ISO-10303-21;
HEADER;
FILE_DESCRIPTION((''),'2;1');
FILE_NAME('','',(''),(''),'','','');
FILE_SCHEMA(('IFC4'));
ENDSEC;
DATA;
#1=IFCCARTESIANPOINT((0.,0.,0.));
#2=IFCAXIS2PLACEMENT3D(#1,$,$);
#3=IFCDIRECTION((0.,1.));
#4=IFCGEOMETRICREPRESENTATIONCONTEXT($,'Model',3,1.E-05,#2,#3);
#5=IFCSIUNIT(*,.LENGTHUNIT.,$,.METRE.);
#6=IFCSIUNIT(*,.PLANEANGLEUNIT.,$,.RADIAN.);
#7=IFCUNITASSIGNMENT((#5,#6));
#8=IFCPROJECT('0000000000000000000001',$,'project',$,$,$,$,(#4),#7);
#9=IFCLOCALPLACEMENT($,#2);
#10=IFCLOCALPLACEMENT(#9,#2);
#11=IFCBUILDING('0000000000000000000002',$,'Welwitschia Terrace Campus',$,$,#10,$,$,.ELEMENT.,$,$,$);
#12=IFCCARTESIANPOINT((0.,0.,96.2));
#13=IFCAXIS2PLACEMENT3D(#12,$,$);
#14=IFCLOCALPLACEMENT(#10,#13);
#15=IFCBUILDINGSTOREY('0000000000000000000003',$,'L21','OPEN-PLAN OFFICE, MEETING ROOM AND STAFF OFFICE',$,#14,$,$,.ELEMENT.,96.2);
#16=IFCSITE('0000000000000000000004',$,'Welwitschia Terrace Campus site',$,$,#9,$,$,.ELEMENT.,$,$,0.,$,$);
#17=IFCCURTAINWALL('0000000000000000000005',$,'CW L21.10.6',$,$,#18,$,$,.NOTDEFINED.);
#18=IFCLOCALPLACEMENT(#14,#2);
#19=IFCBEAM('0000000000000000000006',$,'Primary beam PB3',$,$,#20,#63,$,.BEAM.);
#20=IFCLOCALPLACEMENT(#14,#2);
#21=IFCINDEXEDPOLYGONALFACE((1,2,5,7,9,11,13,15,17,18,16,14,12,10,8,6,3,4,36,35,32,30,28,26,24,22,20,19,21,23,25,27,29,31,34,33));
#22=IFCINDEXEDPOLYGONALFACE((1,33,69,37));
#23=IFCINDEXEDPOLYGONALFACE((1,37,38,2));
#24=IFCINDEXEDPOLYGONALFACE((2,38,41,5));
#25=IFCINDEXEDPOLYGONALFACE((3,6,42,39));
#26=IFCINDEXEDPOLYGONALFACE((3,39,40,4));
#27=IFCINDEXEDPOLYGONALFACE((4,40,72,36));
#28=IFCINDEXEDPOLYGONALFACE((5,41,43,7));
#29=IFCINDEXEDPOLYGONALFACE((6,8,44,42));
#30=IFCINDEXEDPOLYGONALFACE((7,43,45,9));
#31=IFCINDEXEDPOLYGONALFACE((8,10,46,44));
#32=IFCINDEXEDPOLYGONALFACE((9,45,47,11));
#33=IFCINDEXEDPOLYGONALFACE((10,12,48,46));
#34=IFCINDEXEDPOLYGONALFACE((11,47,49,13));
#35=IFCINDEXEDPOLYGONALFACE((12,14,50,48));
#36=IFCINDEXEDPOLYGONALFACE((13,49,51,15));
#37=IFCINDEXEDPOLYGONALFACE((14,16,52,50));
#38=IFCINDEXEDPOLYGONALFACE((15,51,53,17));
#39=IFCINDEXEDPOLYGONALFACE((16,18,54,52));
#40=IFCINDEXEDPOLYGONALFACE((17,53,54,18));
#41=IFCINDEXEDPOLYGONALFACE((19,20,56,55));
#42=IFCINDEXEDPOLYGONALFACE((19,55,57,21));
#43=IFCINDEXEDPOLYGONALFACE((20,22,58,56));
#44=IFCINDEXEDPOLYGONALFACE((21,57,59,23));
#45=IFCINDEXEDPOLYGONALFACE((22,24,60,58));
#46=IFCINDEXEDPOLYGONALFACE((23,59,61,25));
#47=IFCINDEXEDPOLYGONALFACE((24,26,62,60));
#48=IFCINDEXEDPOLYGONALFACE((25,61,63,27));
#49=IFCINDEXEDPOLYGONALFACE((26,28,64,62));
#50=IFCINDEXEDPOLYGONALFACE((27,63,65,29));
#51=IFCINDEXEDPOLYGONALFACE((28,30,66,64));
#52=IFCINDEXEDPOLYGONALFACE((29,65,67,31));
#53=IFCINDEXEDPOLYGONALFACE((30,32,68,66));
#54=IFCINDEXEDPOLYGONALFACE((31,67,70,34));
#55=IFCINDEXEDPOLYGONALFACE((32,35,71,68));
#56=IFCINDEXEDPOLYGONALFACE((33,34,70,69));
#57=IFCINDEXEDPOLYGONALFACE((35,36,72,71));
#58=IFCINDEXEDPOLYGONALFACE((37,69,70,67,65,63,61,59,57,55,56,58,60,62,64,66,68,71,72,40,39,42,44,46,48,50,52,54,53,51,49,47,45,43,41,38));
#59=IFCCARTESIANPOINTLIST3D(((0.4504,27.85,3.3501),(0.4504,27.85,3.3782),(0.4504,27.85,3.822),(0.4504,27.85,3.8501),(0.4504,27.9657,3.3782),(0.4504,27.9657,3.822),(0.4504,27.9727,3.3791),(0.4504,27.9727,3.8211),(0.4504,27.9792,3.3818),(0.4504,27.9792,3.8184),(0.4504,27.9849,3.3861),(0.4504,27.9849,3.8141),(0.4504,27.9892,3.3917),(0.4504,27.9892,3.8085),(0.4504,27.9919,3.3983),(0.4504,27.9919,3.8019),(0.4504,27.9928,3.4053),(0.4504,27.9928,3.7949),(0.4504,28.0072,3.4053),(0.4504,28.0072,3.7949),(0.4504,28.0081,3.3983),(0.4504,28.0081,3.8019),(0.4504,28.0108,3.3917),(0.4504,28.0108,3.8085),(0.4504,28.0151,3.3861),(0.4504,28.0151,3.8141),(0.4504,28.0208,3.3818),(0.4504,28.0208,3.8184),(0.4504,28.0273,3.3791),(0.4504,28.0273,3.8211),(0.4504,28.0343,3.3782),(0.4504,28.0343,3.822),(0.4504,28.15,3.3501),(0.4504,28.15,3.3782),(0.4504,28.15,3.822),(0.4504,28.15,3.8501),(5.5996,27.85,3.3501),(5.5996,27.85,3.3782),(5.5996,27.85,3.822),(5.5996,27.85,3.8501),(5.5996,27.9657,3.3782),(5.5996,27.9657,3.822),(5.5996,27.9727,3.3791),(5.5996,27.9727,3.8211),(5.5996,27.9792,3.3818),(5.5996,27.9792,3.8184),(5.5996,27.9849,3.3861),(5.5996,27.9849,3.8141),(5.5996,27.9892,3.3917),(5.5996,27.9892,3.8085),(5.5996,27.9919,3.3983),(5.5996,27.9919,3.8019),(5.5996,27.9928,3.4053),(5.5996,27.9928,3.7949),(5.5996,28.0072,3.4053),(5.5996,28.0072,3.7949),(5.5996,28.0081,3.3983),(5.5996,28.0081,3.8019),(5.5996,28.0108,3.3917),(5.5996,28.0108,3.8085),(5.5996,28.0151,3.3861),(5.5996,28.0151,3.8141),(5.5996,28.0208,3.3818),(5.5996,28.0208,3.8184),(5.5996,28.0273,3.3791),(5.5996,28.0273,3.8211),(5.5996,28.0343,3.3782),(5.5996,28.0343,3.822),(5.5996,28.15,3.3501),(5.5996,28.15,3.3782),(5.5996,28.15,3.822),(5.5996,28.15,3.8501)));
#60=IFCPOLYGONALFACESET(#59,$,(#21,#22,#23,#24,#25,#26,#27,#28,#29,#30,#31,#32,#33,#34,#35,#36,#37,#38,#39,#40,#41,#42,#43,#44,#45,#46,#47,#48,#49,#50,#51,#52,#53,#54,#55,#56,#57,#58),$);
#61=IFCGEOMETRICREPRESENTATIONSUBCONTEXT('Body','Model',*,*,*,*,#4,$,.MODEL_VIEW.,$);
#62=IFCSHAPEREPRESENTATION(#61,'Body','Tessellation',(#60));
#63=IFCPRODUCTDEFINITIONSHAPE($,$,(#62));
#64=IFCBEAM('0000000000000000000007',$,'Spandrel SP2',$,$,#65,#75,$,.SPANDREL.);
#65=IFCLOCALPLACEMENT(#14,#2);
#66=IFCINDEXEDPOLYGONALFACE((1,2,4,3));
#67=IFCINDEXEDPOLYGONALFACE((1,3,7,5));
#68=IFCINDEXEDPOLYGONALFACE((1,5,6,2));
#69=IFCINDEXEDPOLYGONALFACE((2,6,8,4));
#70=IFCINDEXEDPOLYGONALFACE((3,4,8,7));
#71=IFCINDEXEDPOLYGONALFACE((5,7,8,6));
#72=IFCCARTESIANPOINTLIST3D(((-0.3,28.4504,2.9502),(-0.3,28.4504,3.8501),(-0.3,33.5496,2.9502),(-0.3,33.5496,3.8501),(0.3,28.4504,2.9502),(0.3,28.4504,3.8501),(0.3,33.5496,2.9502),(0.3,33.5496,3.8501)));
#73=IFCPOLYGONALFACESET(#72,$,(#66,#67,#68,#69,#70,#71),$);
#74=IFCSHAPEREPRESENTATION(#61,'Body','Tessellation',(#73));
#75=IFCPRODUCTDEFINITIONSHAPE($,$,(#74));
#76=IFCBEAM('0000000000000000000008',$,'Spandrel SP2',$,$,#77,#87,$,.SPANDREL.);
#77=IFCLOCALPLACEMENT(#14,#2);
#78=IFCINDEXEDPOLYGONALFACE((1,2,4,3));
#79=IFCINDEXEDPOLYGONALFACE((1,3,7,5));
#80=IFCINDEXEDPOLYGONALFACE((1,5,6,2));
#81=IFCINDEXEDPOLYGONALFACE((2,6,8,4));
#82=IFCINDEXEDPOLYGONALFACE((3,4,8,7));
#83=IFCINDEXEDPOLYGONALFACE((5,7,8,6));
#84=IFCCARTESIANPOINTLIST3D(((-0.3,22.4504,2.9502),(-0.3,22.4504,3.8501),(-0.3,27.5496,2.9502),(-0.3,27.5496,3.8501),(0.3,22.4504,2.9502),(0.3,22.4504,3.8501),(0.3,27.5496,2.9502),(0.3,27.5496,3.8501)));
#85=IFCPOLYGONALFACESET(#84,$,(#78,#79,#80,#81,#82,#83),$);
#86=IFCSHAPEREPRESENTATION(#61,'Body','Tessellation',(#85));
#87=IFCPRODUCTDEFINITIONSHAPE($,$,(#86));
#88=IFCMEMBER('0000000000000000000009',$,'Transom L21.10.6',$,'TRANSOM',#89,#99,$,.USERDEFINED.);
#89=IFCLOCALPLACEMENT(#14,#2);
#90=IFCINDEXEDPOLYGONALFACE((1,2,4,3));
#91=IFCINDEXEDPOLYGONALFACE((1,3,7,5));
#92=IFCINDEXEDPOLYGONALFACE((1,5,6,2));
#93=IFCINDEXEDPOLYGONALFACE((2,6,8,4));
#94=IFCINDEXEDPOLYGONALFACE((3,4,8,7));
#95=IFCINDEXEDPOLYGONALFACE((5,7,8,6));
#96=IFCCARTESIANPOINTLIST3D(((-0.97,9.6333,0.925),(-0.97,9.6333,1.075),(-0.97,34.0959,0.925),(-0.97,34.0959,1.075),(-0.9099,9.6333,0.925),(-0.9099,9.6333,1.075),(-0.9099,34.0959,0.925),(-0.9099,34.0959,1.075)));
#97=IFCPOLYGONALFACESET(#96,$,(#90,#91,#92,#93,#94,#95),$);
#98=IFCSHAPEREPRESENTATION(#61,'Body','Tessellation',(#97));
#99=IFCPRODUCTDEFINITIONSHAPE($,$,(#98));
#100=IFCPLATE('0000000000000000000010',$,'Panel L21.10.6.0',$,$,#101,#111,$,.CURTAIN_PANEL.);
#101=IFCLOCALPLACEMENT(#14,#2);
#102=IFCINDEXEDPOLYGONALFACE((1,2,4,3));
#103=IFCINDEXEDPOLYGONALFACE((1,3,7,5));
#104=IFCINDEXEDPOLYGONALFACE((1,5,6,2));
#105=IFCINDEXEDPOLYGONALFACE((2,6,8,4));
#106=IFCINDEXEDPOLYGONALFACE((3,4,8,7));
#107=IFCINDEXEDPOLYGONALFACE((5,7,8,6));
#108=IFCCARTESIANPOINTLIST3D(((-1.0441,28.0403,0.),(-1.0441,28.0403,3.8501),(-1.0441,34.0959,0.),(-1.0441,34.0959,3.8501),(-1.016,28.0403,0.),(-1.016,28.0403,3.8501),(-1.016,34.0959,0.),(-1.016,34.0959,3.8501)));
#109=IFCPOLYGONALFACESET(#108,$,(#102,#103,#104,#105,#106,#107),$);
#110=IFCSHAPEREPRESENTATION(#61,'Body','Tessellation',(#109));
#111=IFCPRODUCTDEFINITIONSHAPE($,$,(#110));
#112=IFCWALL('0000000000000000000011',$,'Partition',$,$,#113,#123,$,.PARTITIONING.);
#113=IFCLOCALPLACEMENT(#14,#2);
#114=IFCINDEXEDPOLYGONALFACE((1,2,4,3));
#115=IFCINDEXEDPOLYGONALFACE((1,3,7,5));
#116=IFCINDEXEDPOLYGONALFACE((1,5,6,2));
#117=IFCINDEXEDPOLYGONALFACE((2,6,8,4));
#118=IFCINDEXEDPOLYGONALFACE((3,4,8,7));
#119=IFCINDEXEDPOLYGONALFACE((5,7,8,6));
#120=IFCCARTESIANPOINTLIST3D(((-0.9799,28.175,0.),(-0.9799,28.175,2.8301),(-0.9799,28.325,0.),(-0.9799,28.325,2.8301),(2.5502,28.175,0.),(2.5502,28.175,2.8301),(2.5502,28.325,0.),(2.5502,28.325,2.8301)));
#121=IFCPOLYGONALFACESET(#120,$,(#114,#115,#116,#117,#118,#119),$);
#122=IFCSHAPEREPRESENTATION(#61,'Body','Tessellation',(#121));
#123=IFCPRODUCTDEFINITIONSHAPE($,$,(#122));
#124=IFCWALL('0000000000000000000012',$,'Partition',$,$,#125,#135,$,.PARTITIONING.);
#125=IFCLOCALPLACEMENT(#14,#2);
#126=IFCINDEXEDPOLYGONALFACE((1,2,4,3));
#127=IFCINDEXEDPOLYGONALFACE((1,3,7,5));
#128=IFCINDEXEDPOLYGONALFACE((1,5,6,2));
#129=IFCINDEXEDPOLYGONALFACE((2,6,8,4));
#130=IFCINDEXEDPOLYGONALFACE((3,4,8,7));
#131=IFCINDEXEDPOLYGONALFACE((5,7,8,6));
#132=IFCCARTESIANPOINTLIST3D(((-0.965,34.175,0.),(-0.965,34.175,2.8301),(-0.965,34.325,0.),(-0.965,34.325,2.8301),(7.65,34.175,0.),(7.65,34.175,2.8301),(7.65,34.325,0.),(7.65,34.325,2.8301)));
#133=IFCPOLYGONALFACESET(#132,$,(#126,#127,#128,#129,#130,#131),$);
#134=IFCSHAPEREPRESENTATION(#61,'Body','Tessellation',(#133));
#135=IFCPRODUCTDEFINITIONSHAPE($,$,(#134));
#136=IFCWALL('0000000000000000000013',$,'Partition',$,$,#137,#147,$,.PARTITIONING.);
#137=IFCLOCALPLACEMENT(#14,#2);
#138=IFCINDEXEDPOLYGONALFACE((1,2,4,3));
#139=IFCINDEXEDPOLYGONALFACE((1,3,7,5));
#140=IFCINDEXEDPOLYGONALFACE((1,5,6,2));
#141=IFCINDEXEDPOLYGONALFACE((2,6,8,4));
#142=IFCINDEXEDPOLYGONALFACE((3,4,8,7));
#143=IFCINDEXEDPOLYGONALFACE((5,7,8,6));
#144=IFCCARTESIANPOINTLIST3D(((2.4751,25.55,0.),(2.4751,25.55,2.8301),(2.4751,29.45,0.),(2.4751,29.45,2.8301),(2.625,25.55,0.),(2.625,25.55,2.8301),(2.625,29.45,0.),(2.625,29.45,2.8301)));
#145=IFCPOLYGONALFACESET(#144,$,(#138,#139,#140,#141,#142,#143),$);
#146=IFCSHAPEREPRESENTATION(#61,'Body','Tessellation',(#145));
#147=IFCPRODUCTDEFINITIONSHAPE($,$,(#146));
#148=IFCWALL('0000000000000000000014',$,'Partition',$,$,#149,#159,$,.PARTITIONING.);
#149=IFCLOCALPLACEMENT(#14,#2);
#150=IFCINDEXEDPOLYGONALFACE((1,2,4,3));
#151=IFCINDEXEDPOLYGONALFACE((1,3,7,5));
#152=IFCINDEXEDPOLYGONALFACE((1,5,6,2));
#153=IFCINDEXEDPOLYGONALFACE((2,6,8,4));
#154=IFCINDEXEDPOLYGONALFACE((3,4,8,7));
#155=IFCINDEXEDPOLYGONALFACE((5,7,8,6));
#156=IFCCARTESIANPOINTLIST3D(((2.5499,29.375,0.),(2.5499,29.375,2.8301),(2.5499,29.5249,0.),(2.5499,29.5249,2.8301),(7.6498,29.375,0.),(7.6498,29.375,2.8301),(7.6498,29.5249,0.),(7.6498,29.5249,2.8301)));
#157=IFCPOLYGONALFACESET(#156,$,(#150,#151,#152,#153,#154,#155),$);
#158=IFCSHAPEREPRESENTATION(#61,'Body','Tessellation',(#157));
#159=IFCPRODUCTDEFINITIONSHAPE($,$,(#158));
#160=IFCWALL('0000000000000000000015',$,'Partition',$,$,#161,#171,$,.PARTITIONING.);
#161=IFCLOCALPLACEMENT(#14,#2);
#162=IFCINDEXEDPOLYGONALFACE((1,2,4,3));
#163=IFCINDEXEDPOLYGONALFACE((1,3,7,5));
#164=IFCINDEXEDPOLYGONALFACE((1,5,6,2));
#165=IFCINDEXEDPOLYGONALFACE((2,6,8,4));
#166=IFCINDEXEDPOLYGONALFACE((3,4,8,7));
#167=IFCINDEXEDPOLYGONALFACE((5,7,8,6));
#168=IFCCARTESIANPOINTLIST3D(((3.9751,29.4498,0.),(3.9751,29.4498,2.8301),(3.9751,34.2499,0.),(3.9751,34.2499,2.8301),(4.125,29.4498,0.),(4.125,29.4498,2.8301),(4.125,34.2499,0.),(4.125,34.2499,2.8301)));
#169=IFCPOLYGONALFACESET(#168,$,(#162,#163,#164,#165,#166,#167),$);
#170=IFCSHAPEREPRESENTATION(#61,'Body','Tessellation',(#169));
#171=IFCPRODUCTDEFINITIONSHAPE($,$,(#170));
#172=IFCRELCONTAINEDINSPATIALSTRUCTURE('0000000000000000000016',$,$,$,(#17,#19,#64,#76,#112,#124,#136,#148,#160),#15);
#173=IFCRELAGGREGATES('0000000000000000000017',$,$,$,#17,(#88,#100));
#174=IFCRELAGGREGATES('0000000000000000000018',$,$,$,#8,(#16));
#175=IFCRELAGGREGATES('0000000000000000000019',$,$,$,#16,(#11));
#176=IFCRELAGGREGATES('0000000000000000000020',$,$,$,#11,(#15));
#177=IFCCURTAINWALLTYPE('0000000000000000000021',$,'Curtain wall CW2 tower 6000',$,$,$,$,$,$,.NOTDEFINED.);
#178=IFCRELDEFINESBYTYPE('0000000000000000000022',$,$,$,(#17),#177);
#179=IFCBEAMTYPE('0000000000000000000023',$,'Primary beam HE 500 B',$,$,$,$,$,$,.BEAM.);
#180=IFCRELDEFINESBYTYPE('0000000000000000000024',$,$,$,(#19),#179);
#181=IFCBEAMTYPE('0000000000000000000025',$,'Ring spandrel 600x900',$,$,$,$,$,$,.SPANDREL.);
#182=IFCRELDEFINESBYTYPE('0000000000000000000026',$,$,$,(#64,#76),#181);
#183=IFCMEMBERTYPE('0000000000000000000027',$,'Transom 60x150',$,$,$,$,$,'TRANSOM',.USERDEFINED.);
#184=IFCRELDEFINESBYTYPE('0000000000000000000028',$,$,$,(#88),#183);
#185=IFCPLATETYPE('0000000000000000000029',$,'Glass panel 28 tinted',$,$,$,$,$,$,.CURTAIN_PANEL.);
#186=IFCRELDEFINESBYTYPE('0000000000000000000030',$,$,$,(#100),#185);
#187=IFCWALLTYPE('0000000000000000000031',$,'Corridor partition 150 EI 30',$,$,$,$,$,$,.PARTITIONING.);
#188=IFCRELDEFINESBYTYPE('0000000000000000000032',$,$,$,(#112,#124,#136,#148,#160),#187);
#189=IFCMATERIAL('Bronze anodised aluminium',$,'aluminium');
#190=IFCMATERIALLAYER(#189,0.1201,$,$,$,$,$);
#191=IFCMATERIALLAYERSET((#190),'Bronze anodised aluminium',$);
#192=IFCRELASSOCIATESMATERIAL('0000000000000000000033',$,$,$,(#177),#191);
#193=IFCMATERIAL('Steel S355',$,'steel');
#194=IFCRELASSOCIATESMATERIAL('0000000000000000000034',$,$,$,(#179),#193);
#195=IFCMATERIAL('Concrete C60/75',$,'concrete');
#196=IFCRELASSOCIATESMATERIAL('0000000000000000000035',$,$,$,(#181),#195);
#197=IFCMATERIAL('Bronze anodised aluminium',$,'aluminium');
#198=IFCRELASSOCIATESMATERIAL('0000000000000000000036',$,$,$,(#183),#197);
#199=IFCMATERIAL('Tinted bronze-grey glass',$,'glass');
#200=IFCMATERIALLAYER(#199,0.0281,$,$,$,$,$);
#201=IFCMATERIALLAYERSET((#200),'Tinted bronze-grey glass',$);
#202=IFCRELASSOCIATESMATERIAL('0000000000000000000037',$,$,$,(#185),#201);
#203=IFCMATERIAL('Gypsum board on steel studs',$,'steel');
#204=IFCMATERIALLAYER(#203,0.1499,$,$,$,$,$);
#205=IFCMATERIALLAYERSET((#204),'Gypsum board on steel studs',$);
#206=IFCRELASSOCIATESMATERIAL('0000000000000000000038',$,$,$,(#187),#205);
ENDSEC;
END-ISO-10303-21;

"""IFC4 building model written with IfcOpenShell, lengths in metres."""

from ifc_helpers import new_model, si_unit, direction, frame, frame_2d, origin, origin_2d, place, context, subcontext, project, spatial, rectangle, i_section, extrude, material, layer, layer_set, material_profile, profile_set, type_object, element, aggregate, save


model = new_model("IFC4")

# Units and contexts
model_context = context("Model", 3, precision=1e-05, world=origin(), true_north=direction((0.0, 1.0)))
body_context = subcontext(model_context, "Body", "Model", "MODEL_VIEW")
ifc_project = project(units=[si_unit("LENGTHUNIT", "METRE"), si_unit("PLANEANGLEUNIT", "RADIAN")], contexts=[model_context])

# Site, building, storey
site_placement = place(None, origin())
site = spatial("IfcSite", under=ifc_project, at=site_placement, Name="Welwitschia Terrace Campus site", CompositionType="ELEMENT", RefElevation=0.0)
building_placement = place(site_placement, origin())
building = spatial("IfcBuilding", under=site, at=building_placement, Name="Welwitschia Terrace Campus", CompositionType="ELEMENT")
storey_placement = place(building_placement, frame((0.0, 0.0, 96.2)))
storey = spatial("IfcBuildingStorey", under=building, at=storey_placement, Name="L21", Description="OPEN-PLAN OFFICE, MEETING ROOM AND STAFF OFFICE", CompositionType="ELEMENT", Elevation=96.2)

# Curtain wall
ifc_material_1 = material(Name="Bronze anodised aluminium", Category="aluminium")
ifc_layer_1 = layer(ifc_material_1, 0.1201)
ifc_layer_set_1 = layer_set([ifc_layer_1], Name="Bronze anodised aluminium")
curtain_wall_type = type_object("IfcCurtainWallType", Name="Curtain wall CW2 tower 6000", PredefinedType="NOTDEFINED", material=ifc_layer_set_1)
curtain_wall_placement = place(storey_placement, origin())
curtain_wall = element("IfcCurtainWall", 1, at=curtain_wall_placement, inside=storey, type_object=curtain_wall_type, Name="CW L21.10.6", PredefinedType="NOTDEFINED")

# Beams
ifc_material_2 = material(Name="Steel S355", Category="steel")
ifc_material_profile_1 = material_profile(ifc_material_2, i_section(OverallWidth=0.3, OverallDepth=0.5, WebThickness=0.0144, FlangeThickness=0.0281, FilletRadius=0.0271, at=origin_2d()))
ifc_profile_set_1 = profile_set([ifc_material_profile_1], Name="Steel S355")
beam_type_1 = type_object("IfcBeamType", Name="Primary beam HE 500 B", PredefinedType="BEAM", material=ifc_profile_set_1)
beam_1_placement = place(storey_placement, frame((0.4504, 28.0, 3.6001), z_axis=(1.0, 0.0, 0.0), x_axis=(0.0, 1.0, 0.0)))
element("IfcBeam", 2, at=beam_1_placement, inside=storey, type_object=beam_type_1, Name="Primary beam PB3", PredefinedType="BEAM", context=body_context, shape_type="SweptSolid", body=[
    extrude(i_section(OverallWidth=0.3, OverallDepth=0.5, WebThickness=0.0144, FlangeThickness=0.0281, FilletRadius=0.0271, at=origin_2d()), origin(), (0.0, 0.0, 1.0), 5.1492),
])
ifc_material_3 = material(Name="Concrete C60/75", Category="concrete")
ifc_material_profile_2 = material_profile(ifc_material_3, rectangle(XDim=0.6001, YDim=0.8999, at=origin_2d()))
ifc_profile_set_2 = profile_set([ifc_material_profile_2], Name="Concrete C60/75")
beam_type_2 = type_object("IfcBeamType", Name="Ring spandrel 600x900", PredefinedType="SPANDREL", material=ifc_profile_set_2)
for number, where, z_axis, x_axis, name in (
    (3, (0.0, 33.5496, 3.4001), (0.0, -1.0, 0.0), (1.0, 0.0, 0.0), "Spandrel SP2"),
    (4, (0.0, 27.5496, 3.4001), (0.0, -1.0, 0.0), (1.0, 0.0, 0.0), "Spandrel SP2"),
):
    element("IfcBeam", number, at=place(storey_placement, frame(where, z_axis=z_axis, x_axis=x_axis)), inside=storey, type_object=beam_type_2, Name=name, PredefinedType="SPANDREL", context=body_context, shape_type="SweptSolid", body=[
        extrude(rectangle(XDim=0.6001, YDim=0.8999, at=origin_2d()), origin(), (0.0, 0.0, 1.0), 5.0991),
    ])

# Member
ifc_material_4 = material(Name="Bronze anodised aluminium", Category="aluminium")
ifc_material_profile_3 = material_profile(ifc_material_4, rectangle(XDim=0.0601, YDim=0.1499, at=origin_2d()))
ifc_profile_set_3 = profile_set([ifc_material_profile_3], Name="Bronze anodised aluminium")
member_type_1 = type_object("IfcMemberType", Name="Transom 60x150", ElementType="TRANSOM", PredefinedType="USERDEFINED", material=ifc_profile_set_3)
member_1_placement = place(storey_placement, frame((-0.9399, 34.0959, 1.0), z_axis=(0.0, -1.0, 0.0), x_axis=(1.0, 0.0, 0.0)))
member_1 = element("IfcMember", 5, at=member_1_placement, type_object=member_type_1, Name="Transom L21.10.6", ObjectType="TRANSOM", PredefinedType="USERDEFINED", context=body_context, shape_type="SweptSolid", body=[
    extrude(rectangle(XDim=0.0601, YDim=0.1499, at=origin_2d()), origin(), (0.0, 0.0, 1.0), 24.4626),
])

# Plate
ifc_material_5 = material(Name="Tinted bronze-grey glass", Category="glass")
ifc_layer_2 = layer(ifc_material_5, 0.0281)
ifc_layer_set_2 = layer_set([ifc_layer_2], Name="Tinted bronze-grey glass")
plate_type = type_object("IfcPlateType", Name="Glass panel 28 tinted", PredefinedType="CURTAIN_PANEL", material=ifc_layer_set_2)
plate_placement = place(storey_placement, frame((-1.03, 31.0681, 0.0), z_axis=(0.0, 0.0, 1.0), x_axis=(0.0, -1.0, 0.0)))
plate = element("IfcPlate", 6, at=plate_placement, type_object=plate_type, Name="Panel L21.10.6.0", PredefinedType="CURTAIN_PANEL", context=body_context, shape_type="SweptSolid", body=[
    extrude(rectangle(XDim=6.0557, YDim=0.0281, at=origin_2d()), origin(), (0.0, 0.0, 1.0), 3.8501),
])
aggregate(curtain_wall, [member_1, plate])

# Walls
ifc_material_6 = material(Name="Gypsum board on steel studs", Category="steel")
ifc_layer_3 = layer(ifc_material_6, 0.1499)
ifc_layer_set_3 = layer_set([ifc_layer_3], Name="Gypsum board on steel studs")
wall_type = type_object("IfcWallType", Name="Corridor partition 150 EI 30", PredefinedType="PARTITIONING", material=ifc_layer_set_3)
wall_1_placement = place(storey_placement, frame((-0.98, 28.25, 0.0), z_axis=(0.0, 0.0, 1.0), x_axis=(1.0, 0.0, 0.0)))
element("IfcWall", 7, at=wall_1_placement, inside=storey, type_object=wall_type, Name="Partition", PredefinedType="PARTITIONING", context=body_context, shape_type="SweptSolid", body=[
    extrude(rectangle(XDim=3.53, YDim=0.1499, at=frame_2d((1.7651, 0.0))), origin(), (0.0, 0.0, 1.0), 2.8301),
])
wall_2_placement = place(storey_placement, frame((-0.9651, 34.25, 0.0), z_axis=(0.0, 0.0, 1.0), x_axis=(1.0, 0.0, 0.0)))
element("IfcWall", 8, at=wall_2_placement, inside=storey, type_object=wall_type, Name="Partition", PredefinedType="PARTITIONING", context=body_context, shape_type="SweptSolid", body=[
    extrude(rectangle(XDim=8.615, YDim=0.1499, at=frame_2d((4.3076, 0.0))), origin(), (0.0, 0.0, 1.0), 2.8301),
])
wall_3_placement = place(storey_placement, frame((2.55, 25.55, 0.0), z_axis=(0.0, 0.0, 1.0), x_axis=(0.0, 1.0, 0.0)))
element("IfcWall", 9, at=wall_3_placement, inside=storey, type_object=wall_type, Name="Partition", PredefinedType="PARTITIONING", context=body_context, shape_type="SweptSolid", body=[
    extrude(rectangle(XDim=3.8999, YDim=0.1499, at=frame_2d((1.95, 0.0))), origin(), (0.0, 0.0, 1.0), 2.8301),
])
wall_4_placement = place(storey_placement, frame((2.55, 29.45, 0.0), z_axis=(0.0, 0.0, 1.0), x_axis=(1.0, 0.0, 0.0)))
element("IfcWall", 10, at=wall_4_placement, inside=storey, type_object=wall_type, Name="Partition", PredefinedType="PARTITIONING", context=body_context, shape_type="SweptSolid", body=[
    extrude(rectangle(XDim=5.0999, YDim=0.1499, at=frame_2d((2.5498, 0.0))), origin(), (0.0, 0.0, 1.0), 2.8301),
])
wall_5_placement = place(storey_placement, frame((4.05, 29.45, 0.0), z_axis=(0.0, 0.0, 1.0), x_axis=(0.0, 1.0, 0.0)))
element("IfcWall", 11, at=wall_5_placement, inside=storey, type_object=wall_type, Name="Partition", PredefinedType="PARTITIONING", context=body_context, shape_type="SweptSolid", body=[
    extrude(rectangle(XDim=4.8, YDim=0.1499, at=frame_2d((2.3999, 0.0))), origin(), (0.0, 0.0, 1.0), 2.8301),
])

save(model, "model.ifc")
